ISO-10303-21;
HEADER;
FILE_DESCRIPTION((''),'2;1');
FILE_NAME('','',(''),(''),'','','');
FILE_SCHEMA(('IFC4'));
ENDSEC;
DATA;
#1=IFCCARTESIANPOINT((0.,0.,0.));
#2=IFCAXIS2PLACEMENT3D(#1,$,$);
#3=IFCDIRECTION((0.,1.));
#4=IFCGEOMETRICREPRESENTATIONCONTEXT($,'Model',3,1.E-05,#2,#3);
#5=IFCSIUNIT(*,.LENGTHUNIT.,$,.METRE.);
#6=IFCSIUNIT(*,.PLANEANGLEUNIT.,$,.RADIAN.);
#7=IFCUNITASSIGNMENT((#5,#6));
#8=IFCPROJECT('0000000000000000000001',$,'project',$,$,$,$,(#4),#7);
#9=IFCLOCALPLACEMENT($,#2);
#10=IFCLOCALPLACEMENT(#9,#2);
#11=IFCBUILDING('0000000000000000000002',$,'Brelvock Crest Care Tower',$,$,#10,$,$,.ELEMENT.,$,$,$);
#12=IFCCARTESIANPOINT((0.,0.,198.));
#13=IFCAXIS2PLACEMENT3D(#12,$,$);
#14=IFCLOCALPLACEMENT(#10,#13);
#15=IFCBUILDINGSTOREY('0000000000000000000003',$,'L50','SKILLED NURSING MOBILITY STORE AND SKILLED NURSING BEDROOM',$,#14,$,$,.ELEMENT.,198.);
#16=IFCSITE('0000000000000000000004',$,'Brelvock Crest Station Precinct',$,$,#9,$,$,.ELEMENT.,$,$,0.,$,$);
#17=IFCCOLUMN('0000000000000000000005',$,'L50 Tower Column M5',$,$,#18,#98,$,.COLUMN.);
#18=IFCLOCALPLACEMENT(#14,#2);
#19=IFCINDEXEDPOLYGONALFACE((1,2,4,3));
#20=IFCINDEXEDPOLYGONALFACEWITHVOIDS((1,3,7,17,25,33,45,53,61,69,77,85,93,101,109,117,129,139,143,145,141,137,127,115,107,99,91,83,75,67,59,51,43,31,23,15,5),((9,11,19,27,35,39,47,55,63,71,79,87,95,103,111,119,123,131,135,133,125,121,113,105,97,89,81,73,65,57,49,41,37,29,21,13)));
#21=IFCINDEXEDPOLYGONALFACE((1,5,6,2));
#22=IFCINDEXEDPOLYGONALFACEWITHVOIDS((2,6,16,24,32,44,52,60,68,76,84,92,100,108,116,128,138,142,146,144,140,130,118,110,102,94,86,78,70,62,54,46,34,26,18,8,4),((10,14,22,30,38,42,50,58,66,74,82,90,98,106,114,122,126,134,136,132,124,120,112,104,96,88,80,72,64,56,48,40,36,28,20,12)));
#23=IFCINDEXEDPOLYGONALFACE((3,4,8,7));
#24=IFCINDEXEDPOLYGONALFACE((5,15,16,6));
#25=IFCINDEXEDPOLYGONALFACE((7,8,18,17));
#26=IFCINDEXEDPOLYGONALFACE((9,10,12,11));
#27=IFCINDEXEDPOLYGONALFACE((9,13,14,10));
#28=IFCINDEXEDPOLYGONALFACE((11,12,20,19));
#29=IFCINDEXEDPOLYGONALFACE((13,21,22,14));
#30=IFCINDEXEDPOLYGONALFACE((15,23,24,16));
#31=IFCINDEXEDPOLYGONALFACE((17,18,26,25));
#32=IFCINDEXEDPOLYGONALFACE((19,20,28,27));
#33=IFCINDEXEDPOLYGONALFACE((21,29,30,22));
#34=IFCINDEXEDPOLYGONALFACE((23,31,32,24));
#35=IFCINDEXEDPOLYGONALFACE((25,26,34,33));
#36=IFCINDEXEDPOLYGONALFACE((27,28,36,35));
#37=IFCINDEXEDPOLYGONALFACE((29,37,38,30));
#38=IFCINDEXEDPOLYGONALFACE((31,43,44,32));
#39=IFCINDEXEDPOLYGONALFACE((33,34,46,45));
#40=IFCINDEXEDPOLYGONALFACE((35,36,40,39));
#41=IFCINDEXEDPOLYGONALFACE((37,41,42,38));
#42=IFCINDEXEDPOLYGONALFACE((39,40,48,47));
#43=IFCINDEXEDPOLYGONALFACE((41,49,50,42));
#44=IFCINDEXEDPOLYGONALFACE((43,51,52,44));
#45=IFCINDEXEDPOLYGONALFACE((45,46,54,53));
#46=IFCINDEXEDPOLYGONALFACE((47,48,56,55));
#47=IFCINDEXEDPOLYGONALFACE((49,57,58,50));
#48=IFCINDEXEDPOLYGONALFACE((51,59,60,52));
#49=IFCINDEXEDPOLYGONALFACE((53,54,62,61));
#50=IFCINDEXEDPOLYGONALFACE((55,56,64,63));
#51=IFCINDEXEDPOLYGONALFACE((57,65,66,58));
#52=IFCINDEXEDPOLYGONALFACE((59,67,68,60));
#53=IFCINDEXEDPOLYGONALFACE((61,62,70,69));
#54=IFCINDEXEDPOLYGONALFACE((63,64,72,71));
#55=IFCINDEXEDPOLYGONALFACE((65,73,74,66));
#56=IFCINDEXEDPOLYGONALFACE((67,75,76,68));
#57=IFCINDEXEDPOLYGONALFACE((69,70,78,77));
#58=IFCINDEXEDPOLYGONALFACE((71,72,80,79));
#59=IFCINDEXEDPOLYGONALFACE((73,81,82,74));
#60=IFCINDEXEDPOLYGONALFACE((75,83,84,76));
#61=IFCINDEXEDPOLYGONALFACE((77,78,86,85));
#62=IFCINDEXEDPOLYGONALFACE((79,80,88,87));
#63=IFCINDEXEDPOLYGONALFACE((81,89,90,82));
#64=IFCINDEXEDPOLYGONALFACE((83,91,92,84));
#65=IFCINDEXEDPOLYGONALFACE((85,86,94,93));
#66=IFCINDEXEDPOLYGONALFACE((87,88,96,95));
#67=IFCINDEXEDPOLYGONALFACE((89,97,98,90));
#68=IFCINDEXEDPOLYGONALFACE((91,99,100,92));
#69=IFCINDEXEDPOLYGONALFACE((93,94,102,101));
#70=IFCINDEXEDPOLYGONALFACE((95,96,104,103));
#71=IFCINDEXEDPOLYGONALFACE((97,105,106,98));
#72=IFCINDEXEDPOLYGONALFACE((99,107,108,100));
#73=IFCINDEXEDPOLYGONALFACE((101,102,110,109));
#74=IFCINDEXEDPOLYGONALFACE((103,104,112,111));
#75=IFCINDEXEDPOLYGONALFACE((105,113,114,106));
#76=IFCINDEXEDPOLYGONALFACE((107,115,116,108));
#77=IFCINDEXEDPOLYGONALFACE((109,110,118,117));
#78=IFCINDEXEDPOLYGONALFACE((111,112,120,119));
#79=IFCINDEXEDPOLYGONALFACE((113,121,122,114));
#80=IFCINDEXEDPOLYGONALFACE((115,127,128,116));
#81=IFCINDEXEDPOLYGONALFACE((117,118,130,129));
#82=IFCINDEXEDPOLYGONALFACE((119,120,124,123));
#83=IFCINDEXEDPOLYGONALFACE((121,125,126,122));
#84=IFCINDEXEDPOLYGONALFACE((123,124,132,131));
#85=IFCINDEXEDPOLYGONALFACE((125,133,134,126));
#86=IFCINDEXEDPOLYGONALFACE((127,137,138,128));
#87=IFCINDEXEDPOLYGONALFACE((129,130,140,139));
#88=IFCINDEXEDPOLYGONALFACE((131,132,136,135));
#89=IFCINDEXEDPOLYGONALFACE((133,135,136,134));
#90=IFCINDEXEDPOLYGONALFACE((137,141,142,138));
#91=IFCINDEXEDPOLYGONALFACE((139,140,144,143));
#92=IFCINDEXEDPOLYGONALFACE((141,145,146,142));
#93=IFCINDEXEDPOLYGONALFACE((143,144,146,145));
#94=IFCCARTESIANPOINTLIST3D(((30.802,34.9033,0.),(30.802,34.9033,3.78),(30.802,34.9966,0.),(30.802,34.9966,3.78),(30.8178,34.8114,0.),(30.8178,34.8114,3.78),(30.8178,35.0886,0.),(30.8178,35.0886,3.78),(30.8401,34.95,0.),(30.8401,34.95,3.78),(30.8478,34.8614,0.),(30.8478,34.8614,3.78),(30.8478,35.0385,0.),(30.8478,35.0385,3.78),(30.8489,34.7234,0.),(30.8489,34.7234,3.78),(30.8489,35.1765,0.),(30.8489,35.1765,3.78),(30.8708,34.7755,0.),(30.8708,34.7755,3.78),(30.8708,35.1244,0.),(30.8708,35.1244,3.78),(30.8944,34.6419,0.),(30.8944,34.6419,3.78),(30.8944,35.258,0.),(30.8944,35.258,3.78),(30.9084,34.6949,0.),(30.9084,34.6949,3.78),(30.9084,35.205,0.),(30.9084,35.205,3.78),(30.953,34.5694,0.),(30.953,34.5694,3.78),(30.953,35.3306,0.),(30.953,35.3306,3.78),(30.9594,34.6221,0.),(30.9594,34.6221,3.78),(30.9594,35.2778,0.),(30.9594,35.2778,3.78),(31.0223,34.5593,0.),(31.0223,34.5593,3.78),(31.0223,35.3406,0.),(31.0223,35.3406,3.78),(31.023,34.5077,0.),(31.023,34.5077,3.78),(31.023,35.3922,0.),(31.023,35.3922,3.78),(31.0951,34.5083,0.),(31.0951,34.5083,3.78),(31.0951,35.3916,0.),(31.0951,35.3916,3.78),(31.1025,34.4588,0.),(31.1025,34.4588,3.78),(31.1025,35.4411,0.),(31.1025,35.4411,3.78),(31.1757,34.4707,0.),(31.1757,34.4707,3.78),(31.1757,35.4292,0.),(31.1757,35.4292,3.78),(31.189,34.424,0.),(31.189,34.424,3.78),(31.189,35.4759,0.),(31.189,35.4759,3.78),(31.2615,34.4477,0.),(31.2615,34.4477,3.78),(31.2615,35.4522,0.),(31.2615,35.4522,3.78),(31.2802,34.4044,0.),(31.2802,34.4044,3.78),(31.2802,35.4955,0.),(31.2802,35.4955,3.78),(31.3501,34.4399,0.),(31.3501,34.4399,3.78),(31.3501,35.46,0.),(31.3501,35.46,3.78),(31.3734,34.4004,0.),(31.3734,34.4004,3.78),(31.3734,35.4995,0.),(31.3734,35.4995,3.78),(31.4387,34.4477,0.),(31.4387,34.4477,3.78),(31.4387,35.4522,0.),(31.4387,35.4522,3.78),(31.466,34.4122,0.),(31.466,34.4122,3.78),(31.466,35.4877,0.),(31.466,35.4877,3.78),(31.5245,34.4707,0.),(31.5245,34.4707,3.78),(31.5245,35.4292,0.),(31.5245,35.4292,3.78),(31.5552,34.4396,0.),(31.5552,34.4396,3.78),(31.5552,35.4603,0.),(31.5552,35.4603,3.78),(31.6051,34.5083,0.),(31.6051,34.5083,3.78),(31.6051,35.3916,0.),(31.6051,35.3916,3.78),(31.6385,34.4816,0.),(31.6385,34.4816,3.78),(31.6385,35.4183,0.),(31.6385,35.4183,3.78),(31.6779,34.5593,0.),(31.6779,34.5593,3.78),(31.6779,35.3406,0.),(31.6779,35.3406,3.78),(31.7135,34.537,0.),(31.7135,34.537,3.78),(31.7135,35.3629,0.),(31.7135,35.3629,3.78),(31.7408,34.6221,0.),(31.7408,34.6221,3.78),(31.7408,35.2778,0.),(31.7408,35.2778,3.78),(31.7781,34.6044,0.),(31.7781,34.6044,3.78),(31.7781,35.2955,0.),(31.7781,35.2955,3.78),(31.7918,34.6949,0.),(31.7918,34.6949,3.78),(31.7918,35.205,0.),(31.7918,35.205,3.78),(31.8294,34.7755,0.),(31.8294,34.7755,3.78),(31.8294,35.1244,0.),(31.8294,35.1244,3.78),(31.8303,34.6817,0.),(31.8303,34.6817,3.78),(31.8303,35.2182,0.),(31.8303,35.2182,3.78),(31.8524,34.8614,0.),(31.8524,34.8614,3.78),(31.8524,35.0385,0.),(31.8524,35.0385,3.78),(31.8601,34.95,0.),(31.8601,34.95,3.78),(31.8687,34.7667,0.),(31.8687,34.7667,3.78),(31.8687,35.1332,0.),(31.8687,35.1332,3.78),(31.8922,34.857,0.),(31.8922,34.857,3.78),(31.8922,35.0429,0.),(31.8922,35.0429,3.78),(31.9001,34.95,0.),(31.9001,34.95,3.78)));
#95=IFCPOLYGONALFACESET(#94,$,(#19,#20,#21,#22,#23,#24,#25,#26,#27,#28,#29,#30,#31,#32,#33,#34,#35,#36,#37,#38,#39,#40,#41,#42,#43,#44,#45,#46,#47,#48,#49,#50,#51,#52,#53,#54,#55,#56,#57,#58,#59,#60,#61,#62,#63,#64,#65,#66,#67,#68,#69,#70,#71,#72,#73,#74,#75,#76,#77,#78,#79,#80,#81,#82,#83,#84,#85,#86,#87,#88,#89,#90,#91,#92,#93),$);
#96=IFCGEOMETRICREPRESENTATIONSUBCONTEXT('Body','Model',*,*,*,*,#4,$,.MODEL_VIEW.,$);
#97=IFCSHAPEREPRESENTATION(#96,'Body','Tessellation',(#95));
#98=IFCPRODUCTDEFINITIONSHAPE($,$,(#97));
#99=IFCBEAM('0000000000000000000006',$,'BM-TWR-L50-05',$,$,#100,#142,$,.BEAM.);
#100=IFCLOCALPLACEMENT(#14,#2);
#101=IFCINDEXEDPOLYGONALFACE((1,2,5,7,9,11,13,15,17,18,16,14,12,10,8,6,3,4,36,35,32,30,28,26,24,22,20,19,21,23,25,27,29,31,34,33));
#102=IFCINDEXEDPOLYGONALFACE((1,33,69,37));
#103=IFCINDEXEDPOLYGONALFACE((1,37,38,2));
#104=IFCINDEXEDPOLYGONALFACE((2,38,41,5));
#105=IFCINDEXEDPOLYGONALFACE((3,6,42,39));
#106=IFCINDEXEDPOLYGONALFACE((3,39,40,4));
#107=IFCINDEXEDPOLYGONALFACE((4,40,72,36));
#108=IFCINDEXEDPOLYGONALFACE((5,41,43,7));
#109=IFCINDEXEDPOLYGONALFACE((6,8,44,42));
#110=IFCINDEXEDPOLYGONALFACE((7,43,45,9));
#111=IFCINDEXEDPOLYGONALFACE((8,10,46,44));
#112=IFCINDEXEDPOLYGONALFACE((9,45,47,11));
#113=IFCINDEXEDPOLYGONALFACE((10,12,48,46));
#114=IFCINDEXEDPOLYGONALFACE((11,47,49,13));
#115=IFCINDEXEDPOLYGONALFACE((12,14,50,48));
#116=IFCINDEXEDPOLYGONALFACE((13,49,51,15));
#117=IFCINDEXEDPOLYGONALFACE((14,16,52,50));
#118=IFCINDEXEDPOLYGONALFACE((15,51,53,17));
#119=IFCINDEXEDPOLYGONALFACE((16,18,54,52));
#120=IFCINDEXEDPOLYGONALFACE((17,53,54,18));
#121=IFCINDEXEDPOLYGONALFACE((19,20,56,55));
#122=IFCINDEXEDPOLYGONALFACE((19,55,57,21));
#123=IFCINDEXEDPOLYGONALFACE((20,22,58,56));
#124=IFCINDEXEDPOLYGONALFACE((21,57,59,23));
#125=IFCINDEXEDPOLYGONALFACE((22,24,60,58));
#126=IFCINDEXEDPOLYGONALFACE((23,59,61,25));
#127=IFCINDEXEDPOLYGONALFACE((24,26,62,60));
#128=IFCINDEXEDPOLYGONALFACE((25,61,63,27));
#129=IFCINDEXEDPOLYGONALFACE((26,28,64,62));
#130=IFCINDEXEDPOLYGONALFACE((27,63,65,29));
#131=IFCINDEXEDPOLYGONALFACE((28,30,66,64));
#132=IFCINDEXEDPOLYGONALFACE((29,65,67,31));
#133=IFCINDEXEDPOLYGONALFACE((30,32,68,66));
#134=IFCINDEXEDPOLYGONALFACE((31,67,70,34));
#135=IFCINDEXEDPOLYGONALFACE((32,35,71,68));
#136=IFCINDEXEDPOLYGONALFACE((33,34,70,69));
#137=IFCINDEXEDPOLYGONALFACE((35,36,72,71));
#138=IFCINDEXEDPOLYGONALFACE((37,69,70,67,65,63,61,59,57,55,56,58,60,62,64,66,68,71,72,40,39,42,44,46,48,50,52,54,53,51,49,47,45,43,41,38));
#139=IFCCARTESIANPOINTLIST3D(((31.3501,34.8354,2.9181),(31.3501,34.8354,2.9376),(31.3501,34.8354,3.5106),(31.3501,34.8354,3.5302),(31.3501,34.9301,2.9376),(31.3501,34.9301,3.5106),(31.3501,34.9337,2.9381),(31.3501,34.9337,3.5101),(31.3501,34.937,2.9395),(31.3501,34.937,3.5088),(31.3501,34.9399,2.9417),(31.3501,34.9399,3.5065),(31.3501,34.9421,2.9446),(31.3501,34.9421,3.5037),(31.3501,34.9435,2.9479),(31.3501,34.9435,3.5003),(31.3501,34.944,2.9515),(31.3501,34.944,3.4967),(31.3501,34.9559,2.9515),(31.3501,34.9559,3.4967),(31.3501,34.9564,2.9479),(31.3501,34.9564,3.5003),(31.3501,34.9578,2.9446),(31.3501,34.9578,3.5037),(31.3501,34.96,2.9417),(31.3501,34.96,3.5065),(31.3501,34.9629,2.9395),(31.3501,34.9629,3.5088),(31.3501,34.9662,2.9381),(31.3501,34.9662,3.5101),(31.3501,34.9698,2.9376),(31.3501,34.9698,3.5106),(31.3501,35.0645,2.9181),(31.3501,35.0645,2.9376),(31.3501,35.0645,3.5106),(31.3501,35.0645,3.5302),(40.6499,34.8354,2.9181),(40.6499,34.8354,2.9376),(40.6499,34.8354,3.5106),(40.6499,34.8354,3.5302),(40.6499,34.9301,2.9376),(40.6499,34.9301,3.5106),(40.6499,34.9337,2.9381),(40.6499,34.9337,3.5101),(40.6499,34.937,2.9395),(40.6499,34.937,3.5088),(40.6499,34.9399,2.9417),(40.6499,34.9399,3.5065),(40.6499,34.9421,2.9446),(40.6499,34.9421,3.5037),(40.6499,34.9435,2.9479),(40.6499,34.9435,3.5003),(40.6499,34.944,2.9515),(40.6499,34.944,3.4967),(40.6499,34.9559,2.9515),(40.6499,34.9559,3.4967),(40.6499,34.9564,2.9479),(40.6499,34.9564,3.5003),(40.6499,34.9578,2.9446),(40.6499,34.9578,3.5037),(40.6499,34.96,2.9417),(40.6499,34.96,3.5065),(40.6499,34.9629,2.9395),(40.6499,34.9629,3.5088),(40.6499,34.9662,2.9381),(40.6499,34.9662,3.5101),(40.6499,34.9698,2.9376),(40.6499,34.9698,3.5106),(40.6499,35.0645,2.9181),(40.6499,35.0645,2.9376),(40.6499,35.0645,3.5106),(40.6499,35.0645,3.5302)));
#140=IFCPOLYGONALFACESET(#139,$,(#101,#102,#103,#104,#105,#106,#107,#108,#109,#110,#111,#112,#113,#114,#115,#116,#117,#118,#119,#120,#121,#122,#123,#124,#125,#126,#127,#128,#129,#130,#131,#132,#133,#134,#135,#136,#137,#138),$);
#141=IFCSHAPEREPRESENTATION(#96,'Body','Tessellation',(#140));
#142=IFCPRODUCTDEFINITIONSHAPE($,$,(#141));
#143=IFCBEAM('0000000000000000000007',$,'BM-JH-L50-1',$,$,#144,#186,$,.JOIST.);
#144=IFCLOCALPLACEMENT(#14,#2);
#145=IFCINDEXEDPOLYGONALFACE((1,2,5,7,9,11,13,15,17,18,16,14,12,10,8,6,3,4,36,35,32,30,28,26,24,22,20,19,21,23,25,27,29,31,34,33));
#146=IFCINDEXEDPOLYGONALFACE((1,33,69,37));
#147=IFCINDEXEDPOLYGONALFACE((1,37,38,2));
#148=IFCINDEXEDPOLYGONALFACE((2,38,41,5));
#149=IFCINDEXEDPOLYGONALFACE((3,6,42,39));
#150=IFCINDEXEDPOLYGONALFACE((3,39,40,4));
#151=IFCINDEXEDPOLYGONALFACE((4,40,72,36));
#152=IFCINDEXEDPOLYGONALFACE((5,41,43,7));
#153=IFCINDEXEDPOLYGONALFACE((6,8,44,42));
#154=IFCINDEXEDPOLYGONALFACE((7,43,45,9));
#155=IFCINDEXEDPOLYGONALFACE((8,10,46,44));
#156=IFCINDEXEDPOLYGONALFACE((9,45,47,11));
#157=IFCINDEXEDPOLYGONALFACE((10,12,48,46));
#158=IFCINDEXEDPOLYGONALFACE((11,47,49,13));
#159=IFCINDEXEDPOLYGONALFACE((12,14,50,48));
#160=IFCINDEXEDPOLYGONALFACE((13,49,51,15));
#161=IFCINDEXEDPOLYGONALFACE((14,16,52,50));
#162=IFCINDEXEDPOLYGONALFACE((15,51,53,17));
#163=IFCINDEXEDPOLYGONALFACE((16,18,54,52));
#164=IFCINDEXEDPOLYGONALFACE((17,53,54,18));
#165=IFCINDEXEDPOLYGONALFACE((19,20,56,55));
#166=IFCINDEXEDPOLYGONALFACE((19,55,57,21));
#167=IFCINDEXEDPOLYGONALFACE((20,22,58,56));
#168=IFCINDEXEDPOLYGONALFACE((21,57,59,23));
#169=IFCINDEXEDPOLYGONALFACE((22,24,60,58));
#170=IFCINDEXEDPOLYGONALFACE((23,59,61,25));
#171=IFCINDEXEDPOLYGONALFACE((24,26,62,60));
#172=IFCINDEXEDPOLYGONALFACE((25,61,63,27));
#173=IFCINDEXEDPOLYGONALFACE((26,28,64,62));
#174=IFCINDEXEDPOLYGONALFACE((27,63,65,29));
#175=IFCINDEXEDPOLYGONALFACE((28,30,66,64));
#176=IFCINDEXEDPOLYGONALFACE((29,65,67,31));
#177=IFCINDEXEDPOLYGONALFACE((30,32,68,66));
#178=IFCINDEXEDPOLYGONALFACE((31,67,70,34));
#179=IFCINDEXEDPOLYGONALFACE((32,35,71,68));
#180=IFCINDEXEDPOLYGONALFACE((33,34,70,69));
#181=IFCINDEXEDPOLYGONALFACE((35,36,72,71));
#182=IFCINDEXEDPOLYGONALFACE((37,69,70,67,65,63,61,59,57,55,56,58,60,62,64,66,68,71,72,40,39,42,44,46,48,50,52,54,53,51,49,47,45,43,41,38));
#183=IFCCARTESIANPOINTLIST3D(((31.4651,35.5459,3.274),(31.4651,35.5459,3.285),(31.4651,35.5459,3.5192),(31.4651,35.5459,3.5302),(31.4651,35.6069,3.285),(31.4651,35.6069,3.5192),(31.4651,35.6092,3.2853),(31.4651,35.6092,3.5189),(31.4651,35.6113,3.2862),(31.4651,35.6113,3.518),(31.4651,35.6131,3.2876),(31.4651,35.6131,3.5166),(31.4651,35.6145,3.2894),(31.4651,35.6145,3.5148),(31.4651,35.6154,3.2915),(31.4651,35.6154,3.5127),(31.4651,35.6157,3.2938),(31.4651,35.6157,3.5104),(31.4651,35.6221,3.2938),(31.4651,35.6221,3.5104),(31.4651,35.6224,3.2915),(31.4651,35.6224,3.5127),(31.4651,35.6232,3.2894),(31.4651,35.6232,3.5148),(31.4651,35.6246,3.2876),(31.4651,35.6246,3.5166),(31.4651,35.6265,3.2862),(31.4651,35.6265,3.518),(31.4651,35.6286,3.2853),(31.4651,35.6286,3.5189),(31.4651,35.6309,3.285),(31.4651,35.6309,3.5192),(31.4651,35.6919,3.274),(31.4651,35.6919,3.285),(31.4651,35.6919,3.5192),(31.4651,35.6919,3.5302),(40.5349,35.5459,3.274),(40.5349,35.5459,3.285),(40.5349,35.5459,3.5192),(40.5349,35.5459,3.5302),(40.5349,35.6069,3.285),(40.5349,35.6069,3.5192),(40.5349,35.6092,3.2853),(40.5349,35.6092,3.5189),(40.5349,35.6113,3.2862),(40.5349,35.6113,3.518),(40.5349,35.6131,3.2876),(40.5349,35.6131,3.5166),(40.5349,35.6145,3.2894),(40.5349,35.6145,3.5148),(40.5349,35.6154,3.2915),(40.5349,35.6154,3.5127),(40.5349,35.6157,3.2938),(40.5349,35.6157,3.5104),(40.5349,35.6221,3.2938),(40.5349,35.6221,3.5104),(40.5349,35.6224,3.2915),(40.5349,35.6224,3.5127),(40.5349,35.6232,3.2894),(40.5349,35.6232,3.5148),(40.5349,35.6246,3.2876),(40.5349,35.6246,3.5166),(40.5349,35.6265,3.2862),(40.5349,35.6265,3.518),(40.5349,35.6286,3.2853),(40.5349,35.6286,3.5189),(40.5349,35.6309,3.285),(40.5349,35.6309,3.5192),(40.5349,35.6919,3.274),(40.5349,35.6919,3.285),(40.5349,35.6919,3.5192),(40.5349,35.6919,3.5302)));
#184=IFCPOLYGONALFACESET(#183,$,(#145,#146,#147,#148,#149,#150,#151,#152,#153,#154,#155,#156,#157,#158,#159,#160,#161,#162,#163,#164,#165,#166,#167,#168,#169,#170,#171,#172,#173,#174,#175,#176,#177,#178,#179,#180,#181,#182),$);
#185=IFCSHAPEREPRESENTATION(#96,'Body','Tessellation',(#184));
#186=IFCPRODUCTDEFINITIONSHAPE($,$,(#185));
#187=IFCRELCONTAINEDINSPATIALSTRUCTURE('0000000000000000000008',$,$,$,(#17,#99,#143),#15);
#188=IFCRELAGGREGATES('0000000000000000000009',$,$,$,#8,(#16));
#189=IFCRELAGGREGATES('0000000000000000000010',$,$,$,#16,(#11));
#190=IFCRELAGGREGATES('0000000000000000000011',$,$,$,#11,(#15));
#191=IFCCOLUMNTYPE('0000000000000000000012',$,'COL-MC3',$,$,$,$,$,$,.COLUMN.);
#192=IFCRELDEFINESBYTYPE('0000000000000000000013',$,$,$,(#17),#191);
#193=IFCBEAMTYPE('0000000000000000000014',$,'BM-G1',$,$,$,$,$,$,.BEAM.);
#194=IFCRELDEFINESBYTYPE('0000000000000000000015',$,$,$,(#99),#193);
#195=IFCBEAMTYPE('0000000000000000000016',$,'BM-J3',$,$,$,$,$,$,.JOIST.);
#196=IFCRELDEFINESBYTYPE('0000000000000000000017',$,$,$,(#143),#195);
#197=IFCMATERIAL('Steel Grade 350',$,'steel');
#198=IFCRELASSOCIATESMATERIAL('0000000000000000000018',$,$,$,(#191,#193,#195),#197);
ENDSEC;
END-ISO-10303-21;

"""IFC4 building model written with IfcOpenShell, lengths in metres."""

from ifc_helpers import new_model, si_unit, direction, frame, origin, origin_2d, place, context, subcontext, project, spatial, hollow_circle, i_section, extrude, source, transform, mapped, material, material_profile, profile_set, type_object, element, save


model = new_model("IFC4")

# Units and contexts
model_context = context("Model", 3, precision=1e-05, world=origin(), true_north=direction((0.0, 1.0)))
body_context = subcontext(model_context, "Body", "Model", "MODEL_VIEW")
ifc_project = project(units=[si_unit("LENGTHUNIT", "METRE"), si_unit("PLANEANGLEUNIT", "RADIAN")], contexts=[model_context])

# Site, building, storey
site_placement = place(None, origin())
site = spatial("IfcSite", under=ifc_project, at=site_placement, Name="Brelvock Crest Station Precinct", CompositionType="ELEMENT", RefElevation=0.0)
building_placement = place(site_placement, origin())
building = spatial("IfcBuilding", under=site, at=building_placement, Name="Brelvock Crest Care Tower", CompositionType="ELEMENT")
storey_placement = place(building_placement, frame((0.0, 0.0, 198.0)))
storey = spatial("IfcBuildingStorey", under=building, at=storey_placement, Name="L50", Description="SKILLED NURSING MOBILITY STORE AND SKILLED NURSING BEDROOM", CompositionType="ELEMENT", Elevation=198.0)

# Column
ifc_material_1 = material(Name="Steel Grade 350", Category="steel")
ifc_material_profile_1 = material_profile(ifc_material_1, hollow_circle(Radius=0.55, WallThickness=0.04, at=origin_2d()), Name="CFT1100x40")
ifc_profile_set_1 = profile_set([ifc_material_profile_1], Name="Steel Grade 350")
column_type = type_object("IfcColumnType", Name="COL-MC3", PredefinedType="COLUMN", material=ifc_profile_set_1)
shared_shape_1 = source(origin(), body_context, "Body", "SweptSolid", [
    extrude(hollow_circle(Radius=0.55, WallThickness=0.04, at=origin_2d()), origin(), (0.0, 0.0, 1.0), 3.78),
])
column_placement = place(storey_placement, frame((31.3501, 34.95, 0.0), z_axis=(0.0, 0.0, 1.0), x_axis=(1.0, 0.0, 0.0)))
element("IfcColumn", 1, at=column_placement, inside=storey, type_object=column_type, Name="L50 Tower Column M5", PredefinedType="COLUMN", context=body_context, shape_type="MappedRepresentation", body=[
    mapped(shared_shape_1, transform((0.0, 0.0, 0.0), x_axis=(1.0, 0.0, 0.0), y_axis=(0.0, 1.0, 0.0), z_axis=(0.0, 0.0, 1.0), scale=1.0)),
])

# Beams
ifc_material_profile_2 = material_profile(ifc_material_1, i_section(OverallWidth=0.229, OverallDepth=0.6121, WebThickness=0.012, FlangeThickness=0.0195, FilletRadius=0.0139, at=origin_2d()), Name="610UB125")
ifc_profile_set_2 = profile_set([ifc_material_profile_2], Name="Steel Grade 350")
beam_type_1 = type_object("IfcBeamType", Name="BM-G1", PredefinedType="BEAM", material=ifc_profile_set_2)
shared_shape_2 = source(origin(), body_context, "Body", "SweptSolid", [
    extrude(i_section(OverallWidth=0.229, OverallDepth=0.6121, WebThickness=0.012, FlangeThickness=0.0195, FilletRadius=0.0139, at=origin_2d()), origin(), (0.0, 0.0, 1.0), 9.2998),
])
beam_1_placement = place(storey_placement, frame((31.3501, 34.95, 3.2241), z_axis=(1.0, 0.0, 0.0), x_axis=(0.0, 1.0, 0.0)))
element("IfcBeam", 2, at=beam_1_placement, inside=storey, type_object=beam_type_1, Name="BM-TWR-L50-05", PredefinedType="BEAM", context=body_context, shape_type="MappedRepresentation", body=[
    mapped(shared_shape_2, transform((0.0, 0.0, 0.0), x_axis=(1.0, 0.0, 0.0), y_axis=(0.0, 1.0, 0.0), z_axis=(0.0, 0.0, 1.0), scale=1.0)),
])
ifc_material_profile_3 = material_profile(ifc_material_1, i_section(OverallWidth=0.146, OverallDepth=0.2561, WebThickness=0.0063, FlangeThickness=0.011, FilletRadius=0.0088, at=origin_2d()), Name="250UB37.3")
ifc_profile_set_3 = profile_set([ifc_material_profile_3], Name="Steel Grade 350")
beam_type_2 = type_object("IfcBeamType", Name="BM-J3", PredefinedType="JOIST", material=ifc_profile_set_3)
shared_shape_3 = source(origin(), body_context, "Body", "SweptSolid", [
    extrude(i_section(OverallWidth=0.146, OverallDepth=0.2561, WebThickness=0.0063, FlangeThickness=0.011, FilletRadius=0.0088, at=origin_2d()), origin(), (0.0, 0.0, 1.0), 9.0698),
])
for number, where, z_axis, x_axis, name in (
    (3, (31.4651, 35.6189, 3.4021), (1.0, 0.0, 0.0), (0.0, 1.0, 0.0), "BM-JH-L50-1"),
):
    element("IfcBeam", number, at=place(storey_placement, frame(where, z_axis=z_axis, x_axis=x_axis)), inside=storey, type_object=beam_type_2, Name=name, PredefinedType="JOIST", context=body_context, shape_type="MappedRepresentation", body=[
        mapped(shared_shape_3, transform((0.0, 0.0, 0.0), x_axis=(1.0, 0.0, 0.0), y_axis=(0.0, 1.0, 0.0), z_axis=(0.0, 0.0, 1.0), scale=1.0)),
    ])

save(model, "model.ifc")
